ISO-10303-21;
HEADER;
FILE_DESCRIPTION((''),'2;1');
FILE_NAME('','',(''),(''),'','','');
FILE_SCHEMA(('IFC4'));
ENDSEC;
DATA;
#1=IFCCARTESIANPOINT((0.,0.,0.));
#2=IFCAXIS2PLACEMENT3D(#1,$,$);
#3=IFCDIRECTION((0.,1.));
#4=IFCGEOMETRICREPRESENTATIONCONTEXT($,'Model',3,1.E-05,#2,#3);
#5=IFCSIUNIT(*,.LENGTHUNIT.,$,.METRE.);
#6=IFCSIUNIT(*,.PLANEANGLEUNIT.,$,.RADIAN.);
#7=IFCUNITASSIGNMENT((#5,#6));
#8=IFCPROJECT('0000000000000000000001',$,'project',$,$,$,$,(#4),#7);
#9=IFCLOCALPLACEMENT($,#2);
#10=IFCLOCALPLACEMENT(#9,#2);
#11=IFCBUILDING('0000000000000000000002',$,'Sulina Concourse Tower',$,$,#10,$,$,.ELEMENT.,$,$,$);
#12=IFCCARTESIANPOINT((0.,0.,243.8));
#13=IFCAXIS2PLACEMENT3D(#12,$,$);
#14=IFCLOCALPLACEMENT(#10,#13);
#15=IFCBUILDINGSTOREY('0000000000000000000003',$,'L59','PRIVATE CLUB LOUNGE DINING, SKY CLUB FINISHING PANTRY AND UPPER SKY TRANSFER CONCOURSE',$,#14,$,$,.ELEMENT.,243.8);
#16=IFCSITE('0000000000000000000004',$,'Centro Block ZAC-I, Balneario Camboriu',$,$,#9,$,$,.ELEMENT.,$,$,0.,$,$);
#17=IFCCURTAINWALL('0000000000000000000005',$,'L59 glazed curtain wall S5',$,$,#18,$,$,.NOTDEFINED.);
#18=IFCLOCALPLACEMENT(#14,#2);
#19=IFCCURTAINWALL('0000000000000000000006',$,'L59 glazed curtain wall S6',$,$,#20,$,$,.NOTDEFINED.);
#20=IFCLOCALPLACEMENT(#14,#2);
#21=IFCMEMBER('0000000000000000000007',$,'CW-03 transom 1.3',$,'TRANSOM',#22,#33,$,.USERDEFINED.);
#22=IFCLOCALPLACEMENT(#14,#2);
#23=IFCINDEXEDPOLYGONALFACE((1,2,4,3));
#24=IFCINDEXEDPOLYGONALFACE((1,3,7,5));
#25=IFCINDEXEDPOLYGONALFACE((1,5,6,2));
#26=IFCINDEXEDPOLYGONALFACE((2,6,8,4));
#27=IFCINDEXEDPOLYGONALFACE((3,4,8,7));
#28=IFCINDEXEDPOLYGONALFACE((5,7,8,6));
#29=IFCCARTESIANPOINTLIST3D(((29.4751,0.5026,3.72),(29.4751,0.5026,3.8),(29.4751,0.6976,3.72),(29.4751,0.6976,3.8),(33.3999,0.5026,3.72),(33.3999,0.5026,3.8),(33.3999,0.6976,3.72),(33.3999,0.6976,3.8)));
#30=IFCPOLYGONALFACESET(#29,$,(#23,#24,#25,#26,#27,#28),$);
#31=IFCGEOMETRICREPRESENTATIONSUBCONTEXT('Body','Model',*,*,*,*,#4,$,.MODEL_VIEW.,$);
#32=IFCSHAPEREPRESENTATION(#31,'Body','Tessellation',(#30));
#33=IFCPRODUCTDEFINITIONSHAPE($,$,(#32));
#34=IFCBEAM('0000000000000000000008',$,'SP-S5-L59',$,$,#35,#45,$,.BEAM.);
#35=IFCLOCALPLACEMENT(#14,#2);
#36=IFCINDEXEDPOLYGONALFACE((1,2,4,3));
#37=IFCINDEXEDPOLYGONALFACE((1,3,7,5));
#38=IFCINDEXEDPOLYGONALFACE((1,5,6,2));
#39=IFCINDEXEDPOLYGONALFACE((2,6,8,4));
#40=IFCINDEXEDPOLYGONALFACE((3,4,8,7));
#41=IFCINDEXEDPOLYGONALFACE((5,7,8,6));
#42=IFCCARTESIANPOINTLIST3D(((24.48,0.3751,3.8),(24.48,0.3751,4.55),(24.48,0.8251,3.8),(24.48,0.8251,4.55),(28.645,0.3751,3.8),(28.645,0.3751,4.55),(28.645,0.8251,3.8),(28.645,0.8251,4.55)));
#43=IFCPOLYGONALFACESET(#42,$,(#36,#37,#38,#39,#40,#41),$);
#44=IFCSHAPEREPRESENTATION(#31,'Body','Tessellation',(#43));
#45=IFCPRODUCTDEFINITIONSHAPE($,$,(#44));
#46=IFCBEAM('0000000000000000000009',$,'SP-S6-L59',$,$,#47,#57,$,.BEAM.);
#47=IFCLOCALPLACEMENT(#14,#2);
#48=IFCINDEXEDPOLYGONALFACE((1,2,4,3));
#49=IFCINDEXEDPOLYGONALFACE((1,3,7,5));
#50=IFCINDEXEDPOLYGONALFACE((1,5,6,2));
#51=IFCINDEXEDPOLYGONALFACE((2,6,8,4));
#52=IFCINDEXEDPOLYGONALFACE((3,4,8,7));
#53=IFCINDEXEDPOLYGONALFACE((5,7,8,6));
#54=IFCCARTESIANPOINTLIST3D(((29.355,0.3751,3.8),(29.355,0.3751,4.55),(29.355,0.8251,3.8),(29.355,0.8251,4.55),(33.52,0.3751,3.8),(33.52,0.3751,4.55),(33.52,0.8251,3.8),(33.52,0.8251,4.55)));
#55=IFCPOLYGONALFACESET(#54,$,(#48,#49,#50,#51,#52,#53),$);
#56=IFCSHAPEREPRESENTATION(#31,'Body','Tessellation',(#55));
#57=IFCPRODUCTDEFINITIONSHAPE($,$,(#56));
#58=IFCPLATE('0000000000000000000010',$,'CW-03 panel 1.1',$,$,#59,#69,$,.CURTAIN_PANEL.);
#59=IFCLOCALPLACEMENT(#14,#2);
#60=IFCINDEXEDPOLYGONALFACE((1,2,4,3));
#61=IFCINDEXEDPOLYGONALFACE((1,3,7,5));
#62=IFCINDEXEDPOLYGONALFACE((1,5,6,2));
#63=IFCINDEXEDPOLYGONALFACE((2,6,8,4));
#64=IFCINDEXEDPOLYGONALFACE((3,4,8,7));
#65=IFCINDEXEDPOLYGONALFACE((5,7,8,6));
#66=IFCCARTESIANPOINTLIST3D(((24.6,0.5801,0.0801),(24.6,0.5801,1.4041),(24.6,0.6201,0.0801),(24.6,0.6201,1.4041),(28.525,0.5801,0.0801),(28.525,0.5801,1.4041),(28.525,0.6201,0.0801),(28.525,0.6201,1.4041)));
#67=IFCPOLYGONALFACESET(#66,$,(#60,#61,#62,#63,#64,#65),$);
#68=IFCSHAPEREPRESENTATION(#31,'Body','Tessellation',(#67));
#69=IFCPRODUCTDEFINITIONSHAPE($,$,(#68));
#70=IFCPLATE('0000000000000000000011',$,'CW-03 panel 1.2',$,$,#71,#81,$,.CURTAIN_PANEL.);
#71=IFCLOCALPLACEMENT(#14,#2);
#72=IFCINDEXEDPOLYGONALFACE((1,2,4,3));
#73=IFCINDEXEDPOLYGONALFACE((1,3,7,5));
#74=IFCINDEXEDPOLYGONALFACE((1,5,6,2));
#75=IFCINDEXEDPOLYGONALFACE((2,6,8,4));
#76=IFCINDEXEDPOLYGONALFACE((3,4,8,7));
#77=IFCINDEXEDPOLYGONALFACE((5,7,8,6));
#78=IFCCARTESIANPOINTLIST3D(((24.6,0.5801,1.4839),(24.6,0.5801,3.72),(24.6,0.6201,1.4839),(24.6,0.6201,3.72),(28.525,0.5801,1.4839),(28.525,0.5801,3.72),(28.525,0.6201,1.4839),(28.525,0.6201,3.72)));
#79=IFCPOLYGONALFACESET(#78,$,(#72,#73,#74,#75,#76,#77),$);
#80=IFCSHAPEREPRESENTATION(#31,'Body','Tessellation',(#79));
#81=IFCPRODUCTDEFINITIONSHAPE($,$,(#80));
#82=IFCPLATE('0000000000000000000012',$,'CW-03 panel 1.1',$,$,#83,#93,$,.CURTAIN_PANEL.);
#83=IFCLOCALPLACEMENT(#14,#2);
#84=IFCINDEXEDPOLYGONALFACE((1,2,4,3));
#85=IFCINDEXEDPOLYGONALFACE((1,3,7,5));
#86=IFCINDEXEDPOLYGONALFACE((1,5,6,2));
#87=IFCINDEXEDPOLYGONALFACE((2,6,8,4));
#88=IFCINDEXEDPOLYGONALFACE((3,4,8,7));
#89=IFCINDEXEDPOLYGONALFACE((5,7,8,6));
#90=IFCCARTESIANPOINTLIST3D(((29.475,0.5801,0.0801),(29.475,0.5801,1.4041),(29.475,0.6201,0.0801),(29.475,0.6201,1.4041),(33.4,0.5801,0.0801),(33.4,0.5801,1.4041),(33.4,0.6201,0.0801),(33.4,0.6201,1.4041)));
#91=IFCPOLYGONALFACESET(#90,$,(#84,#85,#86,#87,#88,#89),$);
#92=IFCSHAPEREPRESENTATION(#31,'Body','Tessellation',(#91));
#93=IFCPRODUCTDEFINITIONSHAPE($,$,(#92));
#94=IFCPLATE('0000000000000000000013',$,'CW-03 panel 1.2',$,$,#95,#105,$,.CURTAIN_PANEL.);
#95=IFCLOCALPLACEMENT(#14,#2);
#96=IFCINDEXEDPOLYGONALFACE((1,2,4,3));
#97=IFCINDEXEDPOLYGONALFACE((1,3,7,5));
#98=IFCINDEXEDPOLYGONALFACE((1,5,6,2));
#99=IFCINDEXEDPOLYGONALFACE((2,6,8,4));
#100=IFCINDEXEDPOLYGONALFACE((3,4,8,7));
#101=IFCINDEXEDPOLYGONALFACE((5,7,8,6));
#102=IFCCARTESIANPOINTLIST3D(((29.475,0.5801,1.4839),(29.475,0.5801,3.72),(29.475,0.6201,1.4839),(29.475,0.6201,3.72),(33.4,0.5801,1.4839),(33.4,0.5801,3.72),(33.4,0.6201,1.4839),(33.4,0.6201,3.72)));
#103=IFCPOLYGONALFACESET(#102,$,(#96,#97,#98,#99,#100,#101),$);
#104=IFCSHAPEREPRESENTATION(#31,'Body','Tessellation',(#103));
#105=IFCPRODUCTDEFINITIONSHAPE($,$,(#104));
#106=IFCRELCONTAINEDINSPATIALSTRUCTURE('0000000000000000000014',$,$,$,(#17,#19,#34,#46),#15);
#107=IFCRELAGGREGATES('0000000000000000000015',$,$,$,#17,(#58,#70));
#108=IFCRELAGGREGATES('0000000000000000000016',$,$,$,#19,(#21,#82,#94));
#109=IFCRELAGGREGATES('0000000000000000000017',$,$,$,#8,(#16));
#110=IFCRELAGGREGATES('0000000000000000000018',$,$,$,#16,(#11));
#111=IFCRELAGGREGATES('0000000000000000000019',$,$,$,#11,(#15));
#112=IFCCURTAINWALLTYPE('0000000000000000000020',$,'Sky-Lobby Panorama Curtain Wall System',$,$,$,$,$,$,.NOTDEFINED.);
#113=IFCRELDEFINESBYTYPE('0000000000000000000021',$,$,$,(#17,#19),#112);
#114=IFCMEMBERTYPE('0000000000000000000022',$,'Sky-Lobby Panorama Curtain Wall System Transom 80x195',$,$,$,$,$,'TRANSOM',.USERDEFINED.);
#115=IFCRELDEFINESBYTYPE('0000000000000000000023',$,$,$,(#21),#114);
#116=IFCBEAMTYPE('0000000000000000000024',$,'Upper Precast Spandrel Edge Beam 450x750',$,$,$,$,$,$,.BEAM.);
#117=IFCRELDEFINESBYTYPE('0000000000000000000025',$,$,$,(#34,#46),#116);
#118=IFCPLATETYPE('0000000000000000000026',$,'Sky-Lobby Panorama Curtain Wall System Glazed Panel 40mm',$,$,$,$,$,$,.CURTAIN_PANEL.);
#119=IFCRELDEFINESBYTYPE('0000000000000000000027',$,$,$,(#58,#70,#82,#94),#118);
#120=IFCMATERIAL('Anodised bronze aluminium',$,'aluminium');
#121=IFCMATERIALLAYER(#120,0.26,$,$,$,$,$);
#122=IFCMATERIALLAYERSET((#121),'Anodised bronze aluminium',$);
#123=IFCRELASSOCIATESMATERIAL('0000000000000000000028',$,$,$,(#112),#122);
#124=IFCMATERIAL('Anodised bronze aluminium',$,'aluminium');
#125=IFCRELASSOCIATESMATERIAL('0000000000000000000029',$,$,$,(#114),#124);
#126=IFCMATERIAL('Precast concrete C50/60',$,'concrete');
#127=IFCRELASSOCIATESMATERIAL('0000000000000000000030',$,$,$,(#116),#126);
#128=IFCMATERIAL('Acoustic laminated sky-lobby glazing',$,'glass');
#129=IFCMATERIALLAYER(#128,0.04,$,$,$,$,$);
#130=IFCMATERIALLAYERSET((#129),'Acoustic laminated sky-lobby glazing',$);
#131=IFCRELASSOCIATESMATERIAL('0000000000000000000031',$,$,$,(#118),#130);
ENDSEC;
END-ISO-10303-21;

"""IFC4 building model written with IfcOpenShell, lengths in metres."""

from ifc_helpers import new_model, si_unit, direction, frame, origin, origin_2d, place, context, subcontext, project, spatial, rectangle, extrude, material, layer, layer_set, material_profile, profile_set, type_object, element, aggregate, save


model = new_model("IFC4")

# Units and contexts
model_context = context("Model", 3, precision=1e-05, world=origin(), true_north=direction((0.0, 1.0)))
body_context = subcontext(model_context, "Body", "Model", "MODEL_VIEW")
ifc_project = project(units=[si_unit("LENGTHUNIT", "METRE"), si_unit("PLANEANGLEUNIT", "RADIAN")], contexts=[model_context])

# Site, building, storey
site_placement = place(None, origin())
site = spatial("IfcSite", under=ifc_project, at=site_placement, Name="Centro Block ZAC-I, Balneario Camboriu", CompositionType="ELEMENT", RefElevation=0.0)
building_placement = place(site_placement, origin())
building = spatial("IfcBuilding", under=site, at=building_placement, Name="Sulina Concourse Tower", CompositionType="ELEMENT")
storey_placement = place(building_placement, frame((0.0, 0.0, 243.8)))
storey = spatial("IfcBuildingStorey", under=building, at=storey_placement, Name="L59", Description="PRIVATE CLUB LOUNGE DINING, SKY CLUB FINISHING PANTRY AND UPPER SKY TRANSFER CONCOURSE", CompositionType="ELEMENT", Elevation=243.8)

# Shared definitions
ifc_material_1 = material(Name="Anodised bronze aluminium", Category="aluminium")
ifc_layer_1 = layer(ifc_material_1, 0.26)
ifc_layer_set_1 = layer_set([ifc_layer_1], Name="Anodised bronze aluminium")
curtain_wall_type = type_object("IfcCurtainWallType", Name="Sky-Lobby Panorama Curtain Wall System", PredefinedType="NOTDEFINED", material=ifc_layer_set_1)

# Curtain walls
curtain_wall_1_placement = place(storey_placement, origin())
curtain_wall_1 = element("IfcCurtainWall", 1, at=curtain_wall_1_placement, inside=storey, type_object=curtain_wall_type, Name="L59 glazed curtain wall S5", PredefinedType="NOTDEFINED")
curtain_wall_2_placement = place(storey_placement, origin())
curtain_wall_2 = element("IfcCurtainWall", 2, at=curtain_wall_2_placement, inside=storey, type_object=curtain_wall_type, Name="L59 glazed curtain wall S6", PredefinedType="NOTDEFINED")

# Member
ifc_material_2 = material(Name="Anodised bronze aluminium", Category="aluminium")
ifc_material_profile_1 = material_profile(ifc_material_2, rectangle(XDim=0.1951, YDim=0.0801, at=origin_2d()), Name="TRN 80x195")
ifc_profile_set_1 = profile_set([ifc_material_profile_1], Name="Anodised bronze aluminium")
member_type_1 = type_object("IfcMemberType", Name="Sky-Lobby Panorama Curtain Wall System Transom 80x195", ElementType="TRANSOM", PredefinedType="USERDEFINED", material=ifc_profile_set_1)
member_1_placement = place(storey_placement, frame((33.3999, 0.6001, 3.76), z_axis=(-1.0, 0.0, 0.0), x_axis=(0.0, -1.0, 0.0)))
member_1 = element("IfcMember", 3, at=member_1_placement, type_object=member_type_1, Name="CW-03 transom 1.3", ObjectType="TRANSOM", PredefinedType="USERDEFINED", context=body_context, shape_type="SweptSolid", body=[
    extrude(rectangle(XDim=0.1951, YDim=0.0801, at=origin_2d()), origin(), (0.0, 0.0, 1.0), 3.9248),
])

# Beams
ifc_material_3 = material(Name="Precast concrete C50/60", Category="concrete")
ifc_material_profile_2 = material_profile(ifc_material_3, rectangle(XDim=0.45, YDim=0.75, at=origin_2d()), Name="RC 450x750")
ifc_profile_set_2 = profile_set([ifc_material_profile_2], Name="Precast concrete C50/60")
beam_type_1 = type_object("IfcBeamType", Name="Upper Precast Spandrel Edge Beam 450x750", PredefinedType="BEAM", material=ifc_profile_set_2)
for number, where, z_axis, x_axis, name in (
    (4, (24.48, 0.6001, 4.175), (1.0, 0.0, 0.0), (0.0, 1.0, 0.0), "SP-S5-L59"),
    (5, (29.355, 0.6001, 4.175), (1.0, 0.0, 0.0), (0.0, 1.0, 0.0), "SP-S6-L59"),
):
    element("IfcBeam", number, at=place(storey_placement, frame(where, z_axis=z_axis, x_axis=x_axis)), inside=storey, type_object=beam_type_1, Name=name, PredefinedType="BEAM", context=body_context, shape_type="SweptSolid", body=[
        extrude(rectangle(XDim=0.45, YDim=0.75, at=origin_2d()), origin(), (0.0, 0.0, 1.0), 4.165),
    ])

# Plates
ifc_material_4 = material(Name="Acoustic laminated sky-lobby glazing", Category="glass")
ifc_layer_2 = layer(ifc_material_4, 0.04)
ifc_layer_set_2 = layer_set([ifc_layer_2], Name="Acoustic laminated sky-lobby glazing")
plate_type = type_object("IfcPlateType", Name="Sky-Lobby Panorama Curtain Wall System Glazed Panel 40mm", PredefinedType="CURTAIN_PANEL", material=ifc_layer_set_2)
plate_1_placement = place(storey_placement, frame((26.5625, 0.6001, 0.0801), z_axis=(0.0, 0.0, 1.0), x_axis=(-1.0, 0.0, 0.0)))
plate_1 = element("IfcPlate", 6, at=plate_1_placement, type_object=plate_type, Name="CW-03 panel 1.1", PredefinedType="CURTAIN_PANEL", context=body_context, shape_type="SweptSolid", body=[
    extrude(rectangle(XDim=3.925, YDim=0.04, at=origin_2d()), origin(), (0.0, 0.0, 1.0), 1.324),
])
plate_2_placement = place(storey_placement, frame((26.5625, 0.6001, 1.4839), z_axis=(0.0, 0.0, 1.0), x_axis=(-1.0, 0.0, 0.0)))
plate_2 = element("IfcPlate", 7, at=plate_2_placement, type_object=plate_type, Name="CW-03 panel 1.2", PredefinedType="CURTAIN_PANEL", context=body_context, shape_type="SweptSolid", body=[
    extrude(rectangle(XDim=3.925, YDim=0.04, at=origin_2d()), origin(), (0.0, 0.0, 1.0), 2.2361),
])
aggregate(curtain_wall_1, [plate_1, plate_2])
plate_3_placement = place(storey_placement, frame((31.4375, 0.6001, 0.0801), z_axis=(0.0, 0.0, 1.0), x_axis=(-1.0, 0.0, 0.0)))
plate_3 = element("IfcPlate", 8, at=plate_3_placement, type_object=plate_type, Name="CW-03 panel 1.1", PredefinedType="CURTAIN_PANEL", context=body_context, shape_type="SweptSolid", body=[
    extrude(rectangle(XDim=3.925, YDim=0.04, at=origin_2d()), origin(), (0.0, 0.0, 1.0), 1.324),
])
plate_4_placement = place(storey_placement, frame((31.4375, 0.6001, 1.4839), z_axis=(0.0, 0.0, 1.0), x_axis=(-1.0, 0.0, 0.0)))
plate_4 = element("IfcPlate", 9, at=plate_4_placement, type_object=plate_type, Name="CW-03 panel 1.2", PredefinedType="CURTAIN_PANEL", context=body_context, shape_type="SweptSolid", body=[
    extrude(rectangle(XDim=3.925, YDim=0.04, at=origin_2d()), origin(), (0.0, 0.0, 1.0), 2.2361),
])
aggregate(curtain_wall_2, [member_1, plate_3, plate_4])

save(model, "model.ifc")
